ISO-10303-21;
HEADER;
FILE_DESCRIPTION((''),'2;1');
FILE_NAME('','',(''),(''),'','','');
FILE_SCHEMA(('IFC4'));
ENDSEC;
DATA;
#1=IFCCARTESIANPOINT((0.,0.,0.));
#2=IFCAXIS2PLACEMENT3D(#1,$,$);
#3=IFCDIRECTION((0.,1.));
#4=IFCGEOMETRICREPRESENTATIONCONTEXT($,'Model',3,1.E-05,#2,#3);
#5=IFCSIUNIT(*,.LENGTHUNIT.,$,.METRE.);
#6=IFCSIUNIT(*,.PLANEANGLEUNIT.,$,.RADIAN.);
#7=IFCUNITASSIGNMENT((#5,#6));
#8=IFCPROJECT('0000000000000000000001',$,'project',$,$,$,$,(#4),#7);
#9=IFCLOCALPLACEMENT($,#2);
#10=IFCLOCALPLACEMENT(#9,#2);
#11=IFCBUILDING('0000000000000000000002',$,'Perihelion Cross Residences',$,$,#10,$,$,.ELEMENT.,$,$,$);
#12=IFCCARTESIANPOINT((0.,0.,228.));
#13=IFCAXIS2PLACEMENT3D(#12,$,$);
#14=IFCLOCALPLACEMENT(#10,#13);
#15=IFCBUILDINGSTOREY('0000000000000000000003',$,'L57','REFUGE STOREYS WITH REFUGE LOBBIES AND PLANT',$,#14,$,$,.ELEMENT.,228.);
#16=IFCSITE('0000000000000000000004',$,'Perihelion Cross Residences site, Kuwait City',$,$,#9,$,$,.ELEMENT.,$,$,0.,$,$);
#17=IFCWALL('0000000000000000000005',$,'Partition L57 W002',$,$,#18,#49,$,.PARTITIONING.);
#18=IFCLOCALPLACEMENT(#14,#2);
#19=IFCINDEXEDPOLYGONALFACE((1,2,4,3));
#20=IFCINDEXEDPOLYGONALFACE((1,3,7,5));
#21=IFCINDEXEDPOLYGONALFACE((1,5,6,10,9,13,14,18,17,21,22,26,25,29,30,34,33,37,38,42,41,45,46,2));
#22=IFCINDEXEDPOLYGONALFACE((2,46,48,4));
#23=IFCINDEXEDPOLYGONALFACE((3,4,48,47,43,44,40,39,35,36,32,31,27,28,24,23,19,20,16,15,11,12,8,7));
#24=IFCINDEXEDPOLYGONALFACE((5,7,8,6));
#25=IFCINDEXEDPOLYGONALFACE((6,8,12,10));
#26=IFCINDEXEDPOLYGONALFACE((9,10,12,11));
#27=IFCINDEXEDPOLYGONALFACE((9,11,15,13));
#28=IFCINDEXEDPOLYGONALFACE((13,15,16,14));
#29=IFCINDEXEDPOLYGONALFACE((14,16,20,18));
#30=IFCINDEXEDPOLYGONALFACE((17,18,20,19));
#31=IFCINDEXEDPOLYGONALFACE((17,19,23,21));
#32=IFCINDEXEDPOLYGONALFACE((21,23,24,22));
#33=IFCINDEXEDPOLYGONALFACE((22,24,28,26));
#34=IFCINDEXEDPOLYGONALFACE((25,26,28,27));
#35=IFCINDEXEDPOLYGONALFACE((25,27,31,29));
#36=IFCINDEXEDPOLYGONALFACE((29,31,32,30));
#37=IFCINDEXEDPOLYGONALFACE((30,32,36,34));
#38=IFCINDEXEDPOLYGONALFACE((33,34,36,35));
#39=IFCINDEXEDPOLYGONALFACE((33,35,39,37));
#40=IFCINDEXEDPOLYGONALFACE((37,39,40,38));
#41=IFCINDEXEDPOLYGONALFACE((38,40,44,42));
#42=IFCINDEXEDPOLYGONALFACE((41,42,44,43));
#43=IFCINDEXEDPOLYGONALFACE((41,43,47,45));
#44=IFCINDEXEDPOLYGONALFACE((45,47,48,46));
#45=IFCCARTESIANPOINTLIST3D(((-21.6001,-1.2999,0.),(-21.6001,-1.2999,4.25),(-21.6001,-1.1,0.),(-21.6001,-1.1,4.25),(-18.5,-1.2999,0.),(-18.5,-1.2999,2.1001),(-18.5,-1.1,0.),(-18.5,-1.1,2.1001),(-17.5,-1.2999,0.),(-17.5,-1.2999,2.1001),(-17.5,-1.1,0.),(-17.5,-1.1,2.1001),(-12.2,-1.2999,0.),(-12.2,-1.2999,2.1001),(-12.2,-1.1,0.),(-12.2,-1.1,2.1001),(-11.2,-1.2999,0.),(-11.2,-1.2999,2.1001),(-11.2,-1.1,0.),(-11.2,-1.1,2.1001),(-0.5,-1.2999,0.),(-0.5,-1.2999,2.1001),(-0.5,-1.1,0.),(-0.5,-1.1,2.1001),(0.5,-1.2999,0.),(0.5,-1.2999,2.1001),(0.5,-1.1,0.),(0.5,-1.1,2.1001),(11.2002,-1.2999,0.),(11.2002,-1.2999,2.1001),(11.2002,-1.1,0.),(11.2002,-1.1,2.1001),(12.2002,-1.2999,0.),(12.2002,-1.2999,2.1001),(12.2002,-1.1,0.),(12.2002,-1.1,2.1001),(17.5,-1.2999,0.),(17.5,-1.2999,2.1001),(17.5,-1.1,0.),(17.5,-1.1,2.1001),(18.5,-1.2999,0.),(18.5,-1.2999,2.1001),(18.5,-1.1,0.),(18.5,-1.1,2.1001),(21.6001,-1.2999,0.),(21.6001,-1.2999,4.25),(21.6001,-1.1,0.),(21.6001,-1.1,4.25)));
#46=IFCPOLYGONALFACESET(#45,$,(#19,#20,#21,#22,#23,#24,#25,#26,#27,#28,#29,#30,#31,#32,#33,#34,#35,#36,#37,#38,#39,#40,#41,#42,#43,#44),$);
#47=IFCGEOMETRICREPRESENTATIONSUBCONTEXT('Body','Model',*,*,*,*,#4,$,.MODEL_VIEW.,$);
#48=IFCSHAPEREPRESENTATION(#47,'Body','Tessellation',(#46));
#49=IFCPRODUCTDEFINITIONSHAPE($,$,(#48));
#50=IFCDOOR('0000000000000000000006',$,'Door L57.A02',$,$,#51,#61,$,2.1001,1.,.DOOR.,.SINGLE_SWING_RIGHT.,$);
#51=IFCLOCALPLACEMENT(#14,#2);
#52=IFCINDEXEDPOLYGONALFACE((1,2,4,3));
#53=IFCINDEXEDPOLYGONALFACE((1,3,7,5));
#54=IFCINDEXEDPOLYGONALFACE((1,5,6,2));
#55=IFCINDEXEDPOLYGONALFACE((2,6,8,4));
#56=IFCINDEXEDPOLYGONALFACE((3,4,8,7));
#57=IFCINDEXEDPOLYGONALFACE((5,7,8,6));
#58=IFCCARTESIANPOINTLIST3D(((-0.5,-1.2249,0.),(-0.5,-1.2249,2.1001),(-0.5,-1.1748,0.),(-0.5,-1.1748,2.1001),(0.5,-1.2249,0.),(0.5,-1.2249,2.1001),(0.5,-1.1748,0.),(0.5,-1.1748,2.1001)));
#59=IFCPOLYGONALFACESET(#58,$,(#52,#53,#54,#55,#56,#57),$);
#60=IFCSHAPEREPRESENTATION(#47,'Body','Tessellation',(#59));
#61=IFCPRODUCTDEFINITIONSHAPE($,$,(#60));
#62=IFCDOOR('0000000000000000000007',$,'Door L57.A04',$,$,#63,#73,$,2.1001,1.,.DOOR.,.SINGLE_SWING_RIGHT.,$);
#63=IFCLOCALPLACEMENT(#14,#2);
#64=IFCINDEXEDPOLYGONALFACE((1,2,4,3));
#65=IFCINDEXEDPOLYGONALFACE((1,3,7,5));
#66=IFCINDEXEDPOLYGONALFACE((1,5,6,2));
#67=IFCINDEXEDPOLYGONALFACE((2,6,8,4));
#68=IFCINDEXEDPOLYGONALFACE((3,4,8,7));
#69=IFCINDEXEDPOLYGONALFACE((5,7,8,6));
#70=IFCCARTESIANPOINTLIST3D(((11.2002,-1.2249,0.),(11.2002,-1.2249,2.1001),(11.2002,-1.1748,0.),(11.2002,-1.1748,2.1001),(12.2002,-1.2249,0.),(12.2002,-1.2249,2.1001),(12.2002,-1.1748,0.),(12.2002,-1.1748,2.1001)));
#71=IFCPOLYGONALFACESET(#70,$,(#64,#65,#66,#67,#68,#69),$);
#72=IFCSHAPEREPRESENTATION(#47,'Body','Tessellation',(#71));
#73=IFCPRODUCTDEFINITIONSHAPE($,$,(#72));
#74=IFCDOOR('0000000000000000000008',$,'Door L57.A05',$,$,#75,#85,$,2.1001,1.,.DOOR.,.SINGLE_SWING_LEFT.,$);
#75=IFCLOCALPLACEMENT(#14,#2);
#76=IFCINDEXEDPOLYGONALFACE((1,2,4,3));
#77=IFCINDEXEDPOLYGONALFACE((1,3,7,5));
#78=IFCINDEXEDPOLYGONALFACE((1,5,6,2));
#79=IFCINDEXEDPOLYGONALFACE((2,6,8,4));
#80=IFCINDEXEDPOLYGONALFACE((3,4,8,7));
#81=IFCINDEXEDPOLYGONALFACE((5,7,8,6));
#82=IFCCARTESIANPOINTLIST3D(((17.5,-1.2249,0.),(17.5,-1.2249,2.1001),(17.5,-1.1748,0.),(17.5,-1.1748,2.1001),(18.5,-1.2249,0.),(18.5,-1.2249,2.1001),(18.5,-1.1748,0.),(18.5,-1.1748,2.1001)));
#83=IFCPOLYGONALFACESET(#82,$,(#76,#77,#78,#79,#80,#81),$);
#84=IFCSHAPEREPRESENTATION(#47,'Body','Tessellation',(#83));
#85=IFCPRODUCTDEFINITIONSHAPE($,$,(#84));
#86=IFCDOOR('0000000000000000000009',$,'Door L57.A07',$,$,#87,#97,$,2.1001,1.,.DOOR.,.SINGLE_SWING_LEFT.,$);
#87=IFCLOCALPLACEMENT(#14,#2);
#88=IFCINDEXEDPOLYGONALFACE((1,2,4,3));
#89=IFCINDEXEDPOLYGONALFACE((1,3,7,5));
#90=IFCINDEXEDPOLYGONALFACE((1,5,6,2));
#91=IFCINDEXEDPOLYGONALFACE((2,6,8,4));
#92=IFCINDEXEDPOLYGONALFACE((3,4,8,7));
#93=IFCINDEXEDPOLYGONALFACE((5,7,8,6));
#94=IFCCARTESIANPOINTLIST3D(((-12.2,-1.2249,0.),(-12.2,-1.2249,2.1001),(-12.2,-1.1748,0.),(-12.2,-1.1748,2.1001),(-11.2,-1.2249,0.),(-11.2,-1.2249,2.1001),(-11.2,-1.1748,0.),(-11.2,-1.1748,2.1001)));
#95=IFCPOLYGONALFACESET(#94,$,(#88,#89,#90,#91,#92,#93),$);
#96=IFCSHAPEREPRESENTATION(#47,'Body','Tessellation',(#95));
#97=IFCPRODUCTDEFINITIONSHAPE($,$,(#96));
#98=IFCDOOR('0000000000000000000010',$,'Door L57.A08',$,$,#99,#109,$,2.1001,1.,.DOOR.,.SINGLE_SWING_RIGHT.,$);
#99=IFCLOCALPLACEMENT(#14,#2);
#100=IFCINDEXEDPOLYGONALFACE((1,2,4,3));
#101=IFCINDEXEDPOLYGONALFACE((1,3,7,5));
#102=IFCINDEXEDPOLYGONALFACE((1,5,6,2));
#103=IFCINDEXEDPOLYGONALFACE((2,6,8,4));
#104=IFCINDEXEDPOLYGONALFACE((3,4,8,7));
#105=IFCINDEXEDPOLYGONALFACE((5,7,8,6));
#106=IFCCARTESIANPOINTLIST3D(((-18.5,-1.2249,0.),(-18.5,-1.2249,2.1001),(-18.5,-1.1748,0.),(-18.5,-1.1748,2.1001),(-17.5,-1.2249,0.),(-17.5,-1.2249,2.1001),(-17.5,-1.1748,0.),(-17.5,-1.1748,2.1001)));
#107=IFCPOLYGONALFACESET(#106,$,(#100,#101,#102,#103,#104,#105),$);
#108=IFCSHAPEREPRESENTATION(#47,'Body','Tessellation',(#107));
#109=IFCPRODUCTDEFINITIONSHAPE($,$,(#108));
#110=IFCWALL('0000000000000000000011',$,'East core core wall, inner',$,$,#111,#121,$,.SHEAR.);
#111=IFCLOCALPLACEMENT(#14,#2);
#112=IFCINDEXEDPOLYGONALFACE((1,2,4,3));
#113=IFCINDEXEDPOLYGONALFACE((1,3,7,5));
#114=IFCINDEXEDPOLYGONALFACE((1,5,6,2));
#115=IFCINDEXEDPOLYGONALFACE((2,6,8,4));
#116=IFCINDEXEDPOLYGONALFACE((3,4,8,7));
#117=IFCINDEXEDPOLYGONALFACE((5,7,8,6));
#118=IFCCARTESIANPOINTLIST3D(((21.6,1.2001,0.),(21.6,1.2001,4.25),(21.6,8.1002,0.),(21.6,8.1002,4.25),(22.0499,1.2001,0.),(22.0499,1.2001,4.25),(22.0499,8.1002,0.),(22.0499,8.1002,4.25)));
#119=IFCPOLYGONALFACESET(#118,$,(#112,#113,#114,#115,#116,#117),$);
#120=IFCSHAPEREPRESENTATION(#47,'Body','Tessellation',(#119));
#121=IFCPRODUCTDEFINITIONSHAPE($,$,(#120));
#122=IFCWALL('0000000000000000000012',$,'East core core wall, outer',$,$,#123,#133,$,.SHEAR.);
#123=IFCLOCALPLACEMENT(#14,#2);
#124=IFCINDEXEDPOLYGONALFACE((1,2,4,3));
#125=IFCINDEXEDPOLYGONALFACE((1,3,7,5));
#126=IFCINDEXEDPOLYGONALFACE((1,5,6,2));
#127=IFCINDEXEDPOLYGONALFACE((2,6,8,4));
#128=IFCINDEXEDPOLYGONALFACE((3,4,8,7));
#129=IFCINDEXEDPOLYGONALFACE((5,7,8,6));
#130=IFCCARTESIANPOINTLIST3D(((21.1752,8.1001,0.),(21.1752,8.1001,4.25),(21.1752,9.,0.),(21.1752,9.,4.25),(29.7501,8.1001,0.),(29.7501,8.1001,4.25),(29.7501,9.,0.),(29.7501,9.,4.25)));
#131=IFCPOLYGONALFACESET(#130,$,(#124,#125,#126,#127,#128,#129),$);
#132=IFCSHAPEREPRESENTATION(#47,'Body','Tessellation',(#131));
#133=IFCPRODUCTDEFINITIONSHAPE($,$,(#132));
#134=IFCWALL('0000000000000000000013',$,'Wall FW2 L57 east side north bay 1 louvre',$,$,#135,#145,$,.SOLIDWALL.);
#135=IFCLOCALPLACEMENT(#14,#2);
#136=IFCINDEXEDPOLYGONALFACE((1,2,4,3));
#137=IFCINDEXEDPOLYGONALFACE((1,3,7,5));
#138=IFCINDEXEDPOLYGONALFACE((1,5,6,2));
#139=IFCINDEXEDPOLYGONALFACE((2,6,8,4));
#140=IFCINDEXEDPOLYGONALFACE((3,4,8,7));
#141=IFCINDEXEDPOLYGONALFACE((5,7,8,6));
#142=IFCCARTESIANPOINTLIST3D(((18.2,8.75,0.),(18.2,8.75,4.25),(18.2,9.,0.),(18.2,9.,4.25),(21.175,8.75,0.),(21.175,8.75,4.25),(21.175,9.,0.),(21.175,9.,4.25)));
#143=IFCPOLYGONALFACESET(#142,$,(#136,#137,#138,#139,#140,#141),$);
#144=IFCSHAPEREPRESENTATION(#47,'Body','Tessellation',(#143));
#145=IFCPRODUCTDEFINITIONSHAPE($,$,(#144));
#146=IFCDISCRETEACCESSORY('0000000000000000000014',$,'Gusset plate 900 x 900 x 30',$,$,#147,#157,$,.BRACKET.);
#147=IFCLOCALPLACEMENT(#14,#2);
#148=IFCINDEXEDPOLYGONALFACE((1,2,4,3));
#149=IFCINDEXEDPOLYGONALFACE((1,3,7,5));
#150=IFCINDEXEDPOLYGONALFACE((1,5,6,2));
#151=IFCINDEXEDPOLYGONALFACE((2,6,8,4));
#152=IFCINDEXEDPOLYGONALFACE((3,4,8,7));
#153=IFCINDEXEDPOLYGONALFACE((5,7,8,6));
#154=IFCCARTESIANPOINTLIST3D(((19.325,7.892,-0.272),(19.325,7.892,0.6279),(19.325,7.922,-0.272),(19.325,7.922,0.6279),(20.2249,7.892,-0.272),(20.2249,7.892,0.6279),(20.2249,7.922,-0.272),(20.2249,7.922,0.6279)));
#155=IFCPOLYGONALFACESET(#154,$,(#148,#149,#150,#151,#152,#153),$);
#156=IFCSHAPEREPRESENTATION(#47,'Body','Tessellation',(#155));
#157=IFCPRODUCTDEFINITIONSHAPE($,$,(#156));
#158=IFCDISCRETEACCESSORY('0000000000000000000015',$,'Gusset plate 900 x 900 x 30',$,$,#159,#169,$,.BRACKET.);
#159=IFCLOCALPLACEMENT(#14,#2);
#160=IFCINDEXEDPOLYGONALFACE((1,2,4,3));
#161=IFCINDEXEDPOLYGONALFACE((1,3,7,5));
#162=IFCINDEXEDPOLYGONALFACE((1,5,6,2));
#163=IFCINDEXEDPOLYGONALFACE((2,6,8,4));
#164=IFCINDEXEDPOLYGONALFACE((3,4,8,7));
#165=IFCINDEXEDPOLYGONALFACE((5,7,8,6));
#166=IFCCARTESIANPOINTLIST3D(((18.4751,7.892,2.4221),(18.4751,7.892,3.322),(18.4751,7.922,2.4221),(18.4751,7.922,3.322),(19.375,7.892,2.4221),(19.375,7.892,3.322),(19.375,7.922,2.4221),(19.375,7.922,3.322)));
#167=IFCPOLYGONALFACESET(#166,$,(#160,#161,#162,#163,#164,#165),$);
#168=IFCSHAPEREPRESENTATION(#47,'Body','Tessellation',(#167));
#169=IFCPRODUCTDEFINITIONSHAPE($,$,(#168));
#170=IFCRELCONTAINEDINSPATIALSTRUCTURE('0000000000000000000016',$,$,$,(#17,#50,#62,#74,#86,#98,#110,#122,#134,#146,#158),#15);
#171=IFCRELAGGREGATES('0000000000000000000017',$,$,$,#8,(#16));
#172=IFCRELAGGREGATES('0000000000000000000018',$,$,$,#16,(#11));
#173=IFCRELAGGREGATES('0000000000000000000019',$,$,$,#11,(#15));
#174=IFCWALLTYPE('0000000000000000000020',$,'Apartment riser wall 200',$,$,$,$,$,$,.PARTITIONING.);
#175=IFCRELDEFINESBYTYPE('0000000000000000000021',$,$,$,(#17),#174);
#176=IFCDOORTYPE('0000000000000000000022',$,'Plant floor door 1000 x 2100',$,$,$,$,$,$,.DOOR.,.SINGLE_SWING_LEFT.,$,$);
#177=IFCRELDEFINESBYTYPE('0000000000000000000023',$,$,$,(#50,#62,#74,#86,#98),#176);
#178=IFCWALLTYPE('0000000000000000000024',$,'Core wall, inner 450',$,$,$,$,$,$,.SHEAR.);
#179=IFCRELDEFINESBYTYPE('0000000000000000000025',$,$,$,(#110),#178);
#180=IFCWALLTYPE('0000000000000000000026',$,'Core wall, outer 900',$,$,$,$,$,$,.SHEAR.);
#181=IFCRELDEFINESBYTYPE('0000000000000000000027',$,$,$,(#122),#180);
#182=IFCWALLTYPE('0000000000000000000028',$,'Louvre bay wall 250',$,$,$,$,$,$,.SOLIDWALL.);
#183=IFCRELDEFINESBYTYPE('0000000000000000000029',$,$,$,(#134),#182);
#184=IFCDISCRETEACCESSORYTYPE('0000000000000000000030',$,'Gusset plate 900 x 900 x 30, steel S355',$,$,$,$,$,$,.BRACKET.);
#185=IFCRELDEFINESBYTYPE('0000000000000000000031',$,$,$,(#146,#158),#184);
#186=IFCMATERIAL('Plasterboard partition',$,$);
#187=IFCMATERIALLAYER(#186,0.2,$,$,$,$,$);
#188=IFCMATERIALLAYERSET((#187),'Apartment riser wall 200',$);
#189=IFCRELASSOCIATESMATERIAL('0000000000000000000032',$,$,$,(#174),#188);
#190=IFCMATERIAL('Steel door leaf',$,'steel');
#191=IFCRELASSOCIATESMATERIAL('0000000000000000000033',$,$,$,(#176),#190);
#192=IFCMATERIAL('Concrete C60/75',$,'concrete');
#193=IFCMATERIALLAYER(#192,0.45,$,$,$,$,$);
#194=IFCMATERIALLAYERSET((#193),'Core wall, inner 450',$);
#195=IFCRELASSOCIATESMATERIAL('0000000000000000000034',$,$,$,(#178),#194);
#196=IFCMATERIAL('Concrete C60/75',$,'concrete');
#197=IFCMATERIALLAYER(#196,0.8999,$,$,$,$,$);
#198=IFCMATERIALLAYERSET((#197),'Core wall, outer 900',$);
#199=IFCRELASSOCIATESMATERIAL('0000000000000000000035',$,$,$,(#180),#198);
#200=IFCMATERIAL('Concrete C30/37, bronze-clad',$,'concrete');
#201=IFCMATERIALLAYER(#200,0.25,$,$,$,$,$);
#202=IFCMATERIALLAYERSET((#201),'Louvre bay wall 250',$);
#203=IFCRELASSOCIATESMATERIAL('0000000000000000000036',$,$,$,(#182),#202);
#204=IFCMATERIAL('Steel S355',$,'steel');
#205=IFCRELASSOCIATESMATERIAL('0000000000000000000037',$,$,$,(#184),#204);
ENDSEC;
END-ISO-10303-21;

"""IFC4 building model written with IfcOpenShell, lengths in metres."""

from ifc_helpers import new_model, si_unit, direction, frame, frame_2d, origin, origin_2d, place, context, subcontext, project, spatial, rectangle, extrude, material, layer, layer_set, type_object, element, fill, save


model = new_model("IFC4")

# Units and contexts
model_context = context("Model", 3, precision=1e-05, world=origin(), true_north=direction((0.0, 1.0)))
body_context = subcontext(model_context, "Body", "Model", "MODEL_VIEW")
ifc_project = project(units=[si_unit("LENGTHUNIT", "METRE"), si_unit("PLANEANGLEUNIT", "RADIAN")], contexts=[model_context])

# Site, building, storey
site_placement = place(None, origin())
site = spatial("IfcSite", under=ifc_project, at=site_placement, Name="Perihelion Cross Residences site, Kuwait City", CompositionType="ELEMENT", RefElevation=0.0)
building_placement = place(site_placement, origin())
building = spatial("IfcBuilding", under=site, at=building_placement, Name="Perihelion Cross Residences", CompositionType="ELEMENT")
storey_placement = place(building_placement, frame((0.0, 0.0, 228.0)))
storey = spatial("IfcBuildingStorey", under=building, at=storey_placement, Name="L57", Description="REFUGE STOREYS WITH REFUGE LOBBIES AND PLANT", CompositionType="ELEMENT", Elevation=228.0)

# Wall, openings, doors
ifc_material_1 = material(Name="Plasterboard partition")
ifc_layer_1 = layer(ifc_material_1, 0.2)
ifc_layer_set_1 = layer_set([ifc_layer_1], Name="Apartment riser wall 200")
wall_type_1 = type_object("IfcWallType", Name="Apartment riser wall 200", PredefinedType="PARTITIONING", material=ifc_layer_set_1)
wall_1_placement = place(storey_placement, frame((21.6001, -1.2, 0.0), z_axis=(0.0, 0.0, 1.0), x_axis=(-1.0, 0.0, 0.0)))
wall_1 = element("IfcWall", 1, at=wall_1_placement, inside=storey, type_object=wall_type_1, Name="Partition L57 W002", PredefinedType="PARTITIONING", context=body_context, shape_type="SweptSolid", body=[
    extrude(rectangle(XDim=43.2002, YDim=0.2, at=frame_2d((21.6001, 0.0))), origin(), (0.0, 0.0, 1.0), 4.25),
])
opening_1_placement = place(wall_1_placement, frame((21.1001, 0.0, 0.0)))
opening_1 = element("IfcOpeningElement", 2, at=opening_1_placement, cuts=wall_1, PredefinedType="OPENING", context=body_context, shape_type="SweptSolid", body=[
    extrude(rectangle(XDim=1.0, YDim=2.1001, at=frame_2d((0.5, 1.05))), frame((0.0, 0.1099, 0.0), z_axis=(0.0, -1.0, 0.0), x_axis=(1.0, 0.0, 0.0)), (0.0, 0.0, 1.0), 0.22),
])
opening_2_placement = place(wall_1_placement, frame((9.3999, 0.0, 0.0)))
opening_2 = element("IfcOpeningElement", 3, at=opening_2_placement, cuts=wall_1, PredefinedType="OPENING", context=body_context, shape_type="SweptSolid", body=[
    extrude(rectangle(XDim=1.0, YDim=2.1001, at=frame_2d((0.5, 1.05))), frame((0.0, 0.1099, 0.0), z_axis=(0.0, -1.0, 0.0), x_axis=(1.0, 0.0, 0.0)), (0.0, 0.0, 1.0), 0.22),
])
opening_3_placement = place(wall_1_placement, frame((3.1001, 0.0, 0.0)))
opening_3 = element("IfcOpeningElement", 4, at=opening_3_placement, cuts=wall_1, PredefinedType="OPENING", context=body_context, shape_type="SweptSolid", body=[
    extrude(rectangle(XDim=1.0, YDim=2.1001, at=frame_2d((0.5, 1.05))), frame((0.0, 0.1099, 0.0), z_axis=(0.0, -1.0, 0.0), x_axis=(1.0, 0.0, 0.0)), (0.0, 0.0, 1.0), 0.22),
])
opening_4_placement = place(wall_1_placement, frame((32.8, 0.0, 0.0)))
opening_4 = element("IfcOpeningElement", 5, at=opening_4_placement, cuts=wall_1, PredefinedType="OPENING", context=body_context, shape_type="SweptSolid", body=[
    extrude(rectangle(XDim=1.0, YDim=2.1001, at=frame_2d((0.5, 1.05))), frame((0.0, 0.1099, 0.0), z_axis=(0.0, -1.0, 0.0), x_axis=(1.0, 0.0, 0.0)), (0.0, 0.0, 1.0), 0.22),
])
opening_5_placement = place(wall_1_placement, frame((39.1001, 0.0, 0.0)))
opening_5 = element("IfcOpeningElement", 6, at=opening_5_placement, cuts=wall_1, PredefinedType="OPENING", context=body_context, shape_type="SweptSolid", body=[
    extrude(rectangle(XDim=1.0, YDim=2.1001, at=frame_2d((0.5, 1.05))), frame((0.0, 0.1099, 0.0), z_axis=(0.0, -1.0, 0.0), x_axis=(1.0, 0.0, 0.0)), (0.0, 0.0, 1.0), 0.22),
])
ifc_material_2 = material(Name="Steel door leaf", Category="steel")
door_type = type_object("IfcDoorType", Name="Plant floor door 1000 x 2100", OperationType="SINGLE_SWING_LEFT", PredefinedType="DOOR", material=ifc_material_2)
door_1_placement = place(opening_1_placement, origin())
door_1 = element("IfcDoor", 7, at=door_1_placement, inside=storey, type_object=door_type, Name="Door L57.A02", OperationType="SINGLE_SWING_RIGHT", OverallHeight=2.1001, OverallWidth=1.0, PredefinedType="DOOR", context=body_context, shape_type="SweptSolid", body=[
    extrude(rectangle(XDim=1.0, YDim=2.1001, at=frame_2d((0.5, 1.05))), frame((0.0, 0.0249, 0.0), z_axis=(0.0, -1.0, 0.0), x_axis=(1.0, 0.0, 0.0)), (0.0, 0.0, 1.0), 0.05),
])
fill(opening_1, door_1)
door_2_placement = place(opening_2_placement, origin())
door_2 = element("IfcDoor", 8, at=door_2_placement, inside=storey, type_object=door_type, Name="Door L57.A04", OperationType="SINGLE_SWING_RIGHT", OverallHeight=2.1001, OverallWidth=1.0, PredefinedType="DOOR", context=body_context, shape_type="SweptSolid", body=[
    extrude(rectangle(XDim=1.0, YDim=2.1001, at=frame_2d((0.5, 1.05))), frame((0.0, 0.0249, 0.0), z_axis=(0.0, -1.0, 0.0), x_axis=(1.0, 0.0, 0.0)), (0.0, 0.0, 1.0), 0.05),
])
fill(opening_2, door_2)
door_3_placement = place(opening_3_placement, origin())
door_3 = element("IfcDoor", 9, at=door_3_placement, inside=storey, type_object=door_type, Name="Door L57.A05", OperationType="SINGLE_SWING_LEFT", OverallHeight=2.1001, OverallWidth=1.0, PredefinedType="DOOR", context=body_context, shape_type="SweptSolid", body=[
    extrude(rectangle(XDim=1.0, YDim=2.1001, at=frame_2d((0.5, 1.05))), frame((0.0, 0.0249, 0.0), z_axis=(0.0, -1.0, 0.0), x_axis=(1.0, 0.0, 0.0)), (0.0, 0.0, 1.0), 0.05),
])
fill(opening_3, door_3)
door_4_placement = place(opening_4_placement, origin())
door_4 = element("IfcDoor", 10, at=door_4_placement, inside=storey, type_object=door_type, Name="Door L57.A07", OperationType="SINGLE_SWING_LEFT", OverallHeight=2.1001, OverallWidth=1.0, PredefinedType="DOOR", context=body_context, shape_type="SweptSolid", body=[
    extrude(rectangle(XDim=1.0, YDim=2.1001, at=frame_2d((0.5, 1.05))), frame((0.0, 0.0249, 0.0), z_axis=(0.0, -1.0, 0.0), x_axis=(1.0, 0.0, 0.0)), (0.0, 0.0, 1.0), 0.05),
])
fill(opening_4, door_4)
door_5_placement = place(opening_5_placement, origin())
door_5 = element("IfcDoor", 11, at=door_5_placement, inside=storey, type_object=door_type, Name="Door L57.A08", OperationType="SINGLE_SWING_RIGHT", OverallHeight=2.1001, OverallWidth=1.0, PredefinedType="DOOR", context=body_context, shape_type="SweptSolid", body=[
    extrude(rectangle(XDim=1.0, YDim=2.1001, at=frame_2d((0.5, 1.05))), frame((0.0, 0.0249, 0.0), z_axis=(0.0, -1.0, 0.0), x_axis=(1.0, 0.0, 0.0)), (0.0, 0.0, 1.0), 0.05),
])
fill(opening_5, door_5)

# Walls
ifc_material_3 = material(Name="Concrete C60/75", Category="concrete")
ifc_layer_2 = layer(ifc_material_3, 0.45)
ifc_layer_set_2 = layer_set([ifc_layer_2], Name="Core wall, inner 450")
wall_type_2 = type_object("IfcWallType", Name="Core wall, inner 450", PredefinedType="SHEAR", material=ifc_layer_set_2)
wall_2_placement = place(storey_placement, frame((21.825, 1.2, 0.0), z_axis=(0.0, 0.0, 1.0), x_axis=(0.0, 1.0, 0.0)))
element("IfcWall", 12, at=wall_2_placement, inside=storey, type_object=wall_type_2, Name="East core core wall, inner", PredefinedType="SHEAR", context=body_context, shape_type="SweptSolid", body=[
    extrude(rectangle(XDim=6.9001, YDim=0.45, at=frame_2d((3.4502, 0.0))), origin(), (0.0, 0.0, 1.0), 4.25),
])
ifc_material_4 = material(Name="Concrete C60/75", Category="concrete")
ifc_layer_3 = layer(ifc_material_4, 0.8999)
ifc_layer_set_3 = layer_set([ifc_layer_3], Name="Core wall, outer 900")
wall_type_3 = type_object("IfcWallType", Name="Core wall, outer 900", PredefinedType="SHEAR", material=ifc_layer_set_3)
wall_3_placement = place(storey_placement, frame((21.175, 8.55, 0.0), z_axis=(0.0, 0.0, 1.0), x_axis=(1.0, 0.0, 0.0)))
element("IfcWall", 13, at=wall_3_placement, inside=storey, type_object=wall_type_3, Name="East core core wall, outer", PredefinedType="SHEAR", context=body_context, shape_type="SweptSolid", body=[
    extrude(rectangle(XDim=8.575, YDim=0.8999, at=frame_2d((4.2876, 0.0))), origin(), (0.0, 0.0, 1.0), 4.25),
])
ifc_material_5 = material(Name="Concrete C30/37, bronze-clad", Category="concrete")
ifc_layer_4 = layer(ifc_material_5, 0.25)
ifc_layer_set_4 = layer_set([ifc_layer_4], Name="Louvre bay wall 250")
wall_type_4 = type_object("IfcWallType", Name="Louvre bay wall 250", PredefinedType="SOLIDWALL", material=ifc_layer_set_4)
wall_4_placement = place(storey_placement, frame((21.175, 8.875, 0.0), z_axis=(0.0, 0.0, 1.0), x_axis=(-1.0, 0.0, 0.0)))
element("IfcWall", 14, at=wall_4_placement, inside=storey, type_object=wall_type_4, Name="Wall FW2 L57 east side north bay 1 louvre", PredefinedType="SOLIDWALL", context=body_context, shape_type="SweptSolid", body=[
    extrude(rectangle(XDim=2.9751, YDim=0.25, at=frame_2d((1.4875, 0.0))), origin(), (0.0, 0.0, 1.0), 4.25),
])

# Discrete accessories
ifc_material_6 = material(Name="Steel S355", Category="steel")
discrete_accessory_type = type_object("IfcDiscreteAccessoryType", Name="Gusset plate 900 x 900 x 30, steel S355", PredefinedType="BRACKET", material=ifc_material_6)
for number, where, z_axis, x_axis, name in (
    (15, (19.7749, 7.907, -0.272), (0.0, 0.0, 1.0), (-1.0, 0.0, 0.0), "Gusset plate 900 x 900 x 30"),
    (16, (18.925, 7.907, 2.4221), (0.0, 0.0, 1.0), (1.0, 0.0, 0.0), "Gusset plate 900 x 900 x 30"),
):
    element("IfcDiscreteAccessory", number, at=place(storey_placement, frame(where, z_axis=z_axis, x_axis=x_axis)), inside=storey, type_object=discrete_accessory_type, Name=name, PredefinedType="BRACKET", context=body_context, shape_type="SweptSolid", body=[
        extrude(rectangle(XDim=0.8999, YDim=0.03, at=origin_2d()), origin(), (0.0, 0.0, 1.0), 0.8999),
    ])

save(model, "model.ifc")
